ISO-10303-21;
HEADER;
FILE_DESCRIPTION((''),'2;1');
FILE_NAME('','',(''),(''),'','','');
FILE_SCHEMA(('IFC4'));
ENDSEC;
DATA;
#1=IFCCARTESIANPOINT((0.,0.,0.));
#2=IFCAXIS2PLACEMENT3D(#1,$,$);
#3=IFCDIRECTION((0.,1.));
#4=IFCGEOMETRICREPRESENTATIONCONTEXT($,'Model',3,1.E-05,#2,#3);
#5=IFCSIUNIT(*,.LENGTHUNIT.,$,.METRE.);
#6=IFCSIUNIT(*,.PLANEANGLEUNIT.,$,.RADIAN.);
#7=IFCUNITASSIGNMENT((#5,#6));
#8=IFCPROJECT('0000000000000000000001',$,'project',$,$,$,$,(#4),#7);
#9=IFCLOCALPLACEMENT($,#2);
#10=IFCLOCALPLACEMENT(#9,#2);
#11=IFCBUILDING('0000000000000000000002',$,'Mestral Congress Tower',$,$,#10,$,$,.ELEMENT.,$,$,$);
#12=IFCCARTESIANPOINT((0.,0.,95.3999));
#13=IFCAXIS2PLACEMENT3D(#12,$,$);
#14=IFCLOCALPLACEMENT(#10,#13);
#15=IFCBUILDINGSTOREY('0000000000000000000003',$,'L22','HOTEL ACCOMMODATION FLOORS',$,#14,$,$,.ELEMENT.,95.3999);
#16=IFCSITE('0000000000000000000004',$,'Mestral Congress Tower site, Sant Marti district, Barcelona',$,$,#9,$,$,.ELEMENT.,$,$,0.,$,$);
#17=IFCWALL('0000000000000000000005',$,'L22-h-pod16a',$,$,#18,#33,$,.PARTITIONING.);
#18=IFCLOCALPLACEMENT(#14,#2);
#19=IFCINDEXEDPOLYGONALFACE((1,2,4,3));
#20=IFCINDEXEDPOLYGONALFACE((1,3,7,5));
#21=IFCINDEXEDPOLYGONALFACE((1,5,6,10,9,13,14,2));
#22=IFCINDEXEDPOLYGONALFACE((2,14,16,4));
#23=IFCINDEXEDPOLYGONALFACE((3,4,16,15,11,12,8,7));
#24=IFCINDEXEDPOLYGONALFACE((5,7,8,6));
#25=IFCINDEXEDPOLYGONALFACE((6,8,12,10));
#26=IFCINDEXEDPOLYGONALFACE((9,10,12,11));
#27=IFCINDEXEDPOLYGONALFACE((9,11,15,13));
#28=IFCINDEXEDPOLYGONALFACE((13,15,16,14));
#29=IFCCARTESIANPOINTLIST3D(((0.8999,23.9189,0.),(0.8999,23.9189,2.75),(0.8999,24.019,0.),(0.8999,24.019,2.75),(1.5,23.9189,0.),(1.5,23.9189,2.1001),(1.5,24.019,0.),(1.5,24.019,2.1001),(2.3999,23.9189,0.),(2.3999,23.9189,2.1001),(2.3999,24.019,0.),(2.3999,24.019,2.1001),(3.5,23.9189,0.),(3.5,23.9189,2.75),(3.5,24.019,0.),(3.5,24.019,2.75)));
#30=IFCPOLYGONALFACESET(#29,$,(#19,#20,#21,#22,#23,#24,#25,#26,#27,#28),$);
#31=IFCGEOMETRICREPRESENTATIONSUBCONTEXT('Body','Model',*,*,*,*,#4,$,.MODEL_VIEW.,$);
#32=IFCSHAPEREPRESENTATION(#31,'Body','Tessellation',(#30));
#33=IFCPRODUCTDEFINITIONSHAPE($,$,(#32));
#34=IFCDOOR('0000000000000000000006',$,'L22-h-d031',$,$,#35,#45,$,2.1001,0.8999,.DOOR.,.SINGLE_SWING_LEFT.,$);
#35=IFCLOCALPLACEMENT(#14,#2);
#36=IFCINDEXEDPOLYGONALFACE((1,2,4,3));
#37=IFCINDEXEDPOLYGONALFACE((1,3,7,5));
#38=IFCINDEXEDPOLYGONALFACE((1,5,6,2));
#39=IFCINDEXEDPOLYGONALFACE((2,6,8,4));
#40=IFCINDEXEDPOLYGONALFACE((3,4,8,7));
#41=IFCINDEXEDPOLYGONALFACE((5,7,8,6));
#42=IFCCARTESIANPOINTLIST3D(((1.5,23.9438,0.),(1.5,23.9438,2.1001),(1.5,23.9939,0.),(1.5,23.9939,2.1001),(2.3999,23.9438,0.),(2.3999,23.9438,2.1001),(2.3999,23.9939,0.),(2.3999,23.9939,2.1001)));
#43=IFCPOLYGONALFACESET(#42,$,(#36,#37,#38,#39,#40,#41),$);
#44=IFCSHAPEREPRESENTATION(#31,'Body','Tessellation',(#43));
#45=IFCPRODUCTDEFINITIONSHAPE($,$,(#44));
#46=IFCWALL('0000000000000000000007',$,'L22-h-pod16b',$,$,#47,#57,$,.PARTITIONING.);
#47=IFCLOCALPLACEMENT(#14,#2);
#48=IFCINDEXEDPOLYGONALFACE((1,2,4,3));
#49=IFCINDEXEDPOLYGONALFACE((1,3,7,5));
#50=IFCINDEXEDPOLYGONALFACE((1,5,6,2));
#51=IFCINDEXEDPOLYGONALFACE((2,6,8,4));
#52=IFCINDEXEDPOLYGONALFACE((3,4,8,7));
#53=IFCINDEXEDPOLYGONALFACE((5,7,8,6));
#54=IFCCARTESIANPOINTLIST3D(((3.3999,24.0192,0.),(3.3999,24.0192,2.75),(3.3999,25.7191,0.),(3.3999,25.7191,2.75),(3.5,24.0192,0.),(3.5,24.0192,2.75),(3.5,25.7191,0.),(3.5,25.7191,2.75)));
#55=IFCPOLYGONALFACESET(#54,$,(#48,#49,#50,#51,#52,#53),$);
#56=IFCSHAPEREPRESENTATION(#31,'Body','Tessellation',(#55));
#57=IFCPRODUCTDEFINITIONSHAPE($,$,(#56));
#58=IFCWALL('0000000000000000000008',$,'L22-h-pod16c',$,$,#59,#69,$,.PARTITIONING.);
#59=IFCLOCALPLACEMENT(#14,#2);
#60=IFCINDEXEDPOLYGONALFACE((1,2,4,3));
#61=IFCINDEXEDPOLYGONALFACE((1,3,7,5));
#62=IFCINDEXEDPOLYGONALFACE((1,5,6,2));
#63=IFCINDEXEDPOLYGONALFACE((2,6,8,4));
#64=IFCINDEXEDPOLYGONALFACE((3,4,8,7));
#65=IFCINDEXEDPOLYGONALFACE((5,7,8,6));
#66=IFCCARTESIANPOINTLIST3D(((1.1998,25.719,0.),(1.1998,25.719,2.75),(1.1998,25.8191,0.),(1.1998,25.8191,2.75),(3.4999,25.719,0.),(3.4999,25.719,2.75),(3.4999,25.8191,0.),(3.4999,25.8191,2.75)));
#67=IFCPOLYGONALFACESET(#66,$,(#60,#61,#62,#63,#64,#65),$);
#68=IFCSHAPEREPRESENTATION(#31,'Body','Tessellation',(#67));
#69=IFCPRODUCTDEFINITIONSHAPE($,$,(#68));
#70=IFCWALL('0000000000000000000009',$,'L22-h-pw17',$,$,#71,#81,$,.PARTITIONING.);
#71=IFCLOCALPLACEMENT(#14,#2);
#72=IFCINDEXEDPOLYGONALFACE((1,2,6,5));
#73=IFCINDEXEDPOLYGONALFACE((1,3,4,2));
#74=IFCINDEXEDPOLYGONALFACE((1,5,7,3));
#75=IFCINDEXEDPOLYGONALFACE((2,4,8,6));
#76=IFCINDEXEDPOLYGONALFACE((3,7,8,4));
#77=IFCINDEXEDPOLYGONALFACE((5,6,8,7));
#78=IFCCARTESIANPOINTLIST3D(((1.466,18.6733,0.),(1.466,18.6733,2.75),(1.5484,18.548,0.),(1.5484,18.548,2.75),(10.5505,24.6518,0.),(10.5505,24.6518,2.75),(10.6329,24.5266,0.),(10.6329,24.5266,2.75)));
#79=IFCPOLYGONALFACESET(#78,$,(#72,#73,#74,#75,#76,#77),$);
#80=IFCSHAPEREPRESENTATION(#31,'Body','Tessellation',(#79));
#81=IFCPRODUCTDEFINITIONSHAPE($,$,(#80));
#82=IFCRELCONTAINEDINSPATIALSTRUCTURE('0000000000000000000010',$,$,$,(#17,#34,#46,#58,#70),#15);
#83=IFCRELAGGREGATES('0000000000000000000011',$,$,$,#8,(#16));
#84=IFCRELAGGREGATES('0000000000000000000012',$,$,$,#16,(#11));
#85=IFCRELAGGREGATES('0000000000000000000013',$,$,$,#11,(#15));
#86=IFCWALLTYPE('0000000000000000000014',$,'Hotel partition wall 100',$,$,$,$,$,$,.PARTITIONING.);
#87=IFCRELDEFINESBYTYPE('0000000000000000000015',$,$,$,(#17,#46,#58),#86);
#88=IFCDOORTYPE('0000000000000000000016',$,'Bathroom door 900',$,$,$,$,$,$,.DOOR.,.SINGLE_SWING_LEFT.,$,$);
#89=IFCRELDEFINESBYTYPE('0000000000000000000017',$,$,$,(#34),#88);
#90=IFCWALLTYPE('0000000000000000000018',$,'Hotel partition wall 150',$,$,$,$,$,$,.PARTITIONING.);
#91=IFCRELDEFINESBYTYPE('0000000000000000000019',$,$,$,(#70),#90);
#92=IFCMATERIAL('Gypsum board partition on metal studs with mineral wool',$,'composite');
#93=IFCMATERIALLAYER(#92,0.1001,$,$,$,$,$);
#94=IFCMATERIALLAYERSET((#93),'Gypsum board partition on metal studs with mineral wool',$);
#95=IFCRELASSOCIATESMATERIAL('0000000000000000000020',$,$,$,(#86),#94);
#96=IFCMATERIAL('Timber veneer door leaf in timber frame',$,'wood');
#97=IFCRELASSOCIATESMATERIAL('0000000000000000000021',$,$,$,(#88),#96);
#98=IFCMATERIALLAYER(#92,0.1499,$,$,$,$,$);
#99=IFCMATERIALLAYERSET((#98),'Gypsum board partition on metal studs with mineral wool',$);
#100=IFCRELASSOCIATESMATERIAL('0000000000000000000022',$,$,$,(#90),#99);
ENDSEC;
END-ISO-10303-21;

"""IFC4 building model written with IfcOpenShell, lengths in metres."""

from ifc_helpers import new_model, si_unit, direction, frame, frame_2d, origin, place, context, subcontext, project, spatial, rectangle, extrude, material, layer, layer_set, type_object, element, fill, save


model = new_model("IFC4")

# Units and contexts
model_context = context("Model", 3, precision=1e-05, world=origin(), true_north=direction((0.0, 1.0)))
body_context = subcontext(model_context, "Body", "Model", "MODEL_VIEW")
ifc_project = project(units=[si_unit("LENGTHUNIT", "METRE"), si_unit("PLANEANGLEUNIT", "RADIAN")], contexts=[model_context])

# Site, building, storey
site_placement = place(None, origin())
site = spatial("IfcSite", under=ifc_project, at=site_placement, Name="Mestral Congress Tower site, Sant Marti district, Barcelona", CompositionType="ELEMENT", RefElevation=0.0)
building_placement = place(site_placement, origin())
building = spatial("IfcBuilding", under=site, at=building_placement, Name="Mestral Congress Tower", CompositionType="ELEMENT")
storey_placement = place(building_placement, frame((0.0, 0.0, 95.3999)))
storey = spatial("IfcBuildingStorey", under=building, at=storey_placement, Name="L22", Description="HOTEL ACCOMMODATION FLOORS", CompositionType="ELEMENT", Elevation=95.3999)

# Wall, opening, door
ifc_material_1 = material(Name="Gypsum board partition on metal studs with mineral wool", Category="composite")
ifc_layer_1 = layer(ifc_material_1, 0.1001)
ifc_layer_set_1 = layer_set([ifc_layer_1], Name="Gypsum board partition on metal studs with mineral wool")
wall_type_1 = type_object("IfcWallType", Name="Hotel partition wall 100", PredefinedType="PARTITIONING", material=ifc_layer_set_1)
wall_1_placement = place(storey_placement, frame((0.8999, 23.969, 0.0), z_axis=(0.0, 0.0, 1.0), x_axis=(1.0, 0.0, 0.0)))
wall_1 = element("IfcWall", 1, at=wall_1_placement, inside=storey, type_object=wall_type_1, Name="L22-h-pod16a", PredefinedType="PARTITIONING", context=body_context, shape_type="SweptSolid", body=[
    extrude(rectangle(XDim=2.6001, YDim=0.1001, at=frame_2d((1.3, 0.0))), origin(), (0.0, 0.0, 1.0), 2.75),
])
opening_1_placement = place(wall_1_placement, frame((0.6001, 0.0, 0.0)))
opening_1 = element("IfcOpeningElement", 2, at=opening_1_placement, cuts=wall_1, PredefinedType="OPENING", context=body_context, shape_type="SweptSolid", body=[
    extrude(rectangle(XDim=0.8999, YDim=2.1001, at=frame_2d((0.45, 1.05))), frame((0.0, 0.0601, 0.0), z_axis=(0.0, -1.0, 0.0), x_axis=(1.0, 0.0, 0.0)), (0.0, 0.0, 1.0), 0.1201),
])
ifc_material_2 = material(Name="Timber veneer door leaf in timber frame", Category="wood")
door_type = type_object("IfcDoorType", Name="Bathroom door 900", OperationType="SINGLE_SWING_LEFT", PredefinedType="DOOR", material=ifc_material_2)
door_placement = place(opening_1_placement, origin())
door = element("IfcDoor", 3, at=door_placement, inside=storey, type_object=door_type, Name="L22-h-d031", OperationType="SINGLE_SWING_LEFT", OverallHeight=2.1001, OverallWidth=0.8999, PredefinedType="DOOR", context=body_context, shape_type="SweptSolid", body=[
    extrude(rectangle(XDim=0.8999, YDim=2.1001, at=frame_2d((0.45, 1.05))), frame((0.0, 0.0249, 0.0), z_axis=(0.0, -1.0, 0.0), x_axis=(1.0, 0.0, 0.0)), (0.0, 0.0, 1.0), 0.05),
])
fill(opening_1, door)

# Walls
wall_2_placement = place(storey_placement, frame((3.45, 24.019, 0.0), z_axis=(0.0, 0.0, 1.0), x_axis=(0.0, 1.0, 0.0)))
element("IfcWall", 4, at=wall_2_placement, inside=storey, type_object=wall_type_1, Name="L22-h-pod16b", PredefinedType="PARTITIONING", context=body_context, shape_type="SweptSolid", body=[
    extrude(rectangle(XDim=1.7, YDim=0.1001, at=frame_2d((0.8501, 0.0))), origin(), (0.0, 0.0, 1.0), 2.75),
])
wall_3_placement = place(storey_placement, frame((1.2, 25.769, 0.0), z_axis=(0.0, 0.0, 1.0), x_axis=(1.0, 0.0, 0.0)))
element("IfcWall", 5, at=wall_3_placement, inside=storey, type_object=wall_type_1, Name="L22-h-pod16c", PredefinedType="PARTITIONING", context=body_context, shape_type="SweptSolid", body=[
    extrude(rectangle(XDim=2.3, YDim=0.1001, at=frame_2d((1.1499, 0.0))), origin(), (0.0, 0.0, 1.0), 2.75),
])
ifc_layer_2 = layer(ifc_material_1, 0.1499)
ifc_layer_set_2 = layer_set([ifc_layer_2], Name="Gypsum board partition on metal studs with mineral wool")
wall_type_2 = type_object("IfcWallType", Name="Hotel partition wall 150", PredefinedType="PARTITIONING", material=ifc_layer_set_2)
wall_4_placement = place(storey_placement, frame((10.5916, 24.5891, 0.0), z_axis=(0.0, 0.0, 1.0), x_axis=(-0.835337, -0.549738, 0.0)))
element("IfcWall", 6, at=wall_4_placement, inside=storey, type_object=wall_type_2, Name="L22-h-pw17", PredefinedType="PARTITIONING", context=body_context, shape_type="SweptSolid", body=[
    extrude(rectangle(XDim=10.8752, YDim=0.1499, at=frame_2d((5.4375, 0.0))), origin(), (0.0, 0.0, 1.0), 2.75),
])

save(model, "model.ifc")
